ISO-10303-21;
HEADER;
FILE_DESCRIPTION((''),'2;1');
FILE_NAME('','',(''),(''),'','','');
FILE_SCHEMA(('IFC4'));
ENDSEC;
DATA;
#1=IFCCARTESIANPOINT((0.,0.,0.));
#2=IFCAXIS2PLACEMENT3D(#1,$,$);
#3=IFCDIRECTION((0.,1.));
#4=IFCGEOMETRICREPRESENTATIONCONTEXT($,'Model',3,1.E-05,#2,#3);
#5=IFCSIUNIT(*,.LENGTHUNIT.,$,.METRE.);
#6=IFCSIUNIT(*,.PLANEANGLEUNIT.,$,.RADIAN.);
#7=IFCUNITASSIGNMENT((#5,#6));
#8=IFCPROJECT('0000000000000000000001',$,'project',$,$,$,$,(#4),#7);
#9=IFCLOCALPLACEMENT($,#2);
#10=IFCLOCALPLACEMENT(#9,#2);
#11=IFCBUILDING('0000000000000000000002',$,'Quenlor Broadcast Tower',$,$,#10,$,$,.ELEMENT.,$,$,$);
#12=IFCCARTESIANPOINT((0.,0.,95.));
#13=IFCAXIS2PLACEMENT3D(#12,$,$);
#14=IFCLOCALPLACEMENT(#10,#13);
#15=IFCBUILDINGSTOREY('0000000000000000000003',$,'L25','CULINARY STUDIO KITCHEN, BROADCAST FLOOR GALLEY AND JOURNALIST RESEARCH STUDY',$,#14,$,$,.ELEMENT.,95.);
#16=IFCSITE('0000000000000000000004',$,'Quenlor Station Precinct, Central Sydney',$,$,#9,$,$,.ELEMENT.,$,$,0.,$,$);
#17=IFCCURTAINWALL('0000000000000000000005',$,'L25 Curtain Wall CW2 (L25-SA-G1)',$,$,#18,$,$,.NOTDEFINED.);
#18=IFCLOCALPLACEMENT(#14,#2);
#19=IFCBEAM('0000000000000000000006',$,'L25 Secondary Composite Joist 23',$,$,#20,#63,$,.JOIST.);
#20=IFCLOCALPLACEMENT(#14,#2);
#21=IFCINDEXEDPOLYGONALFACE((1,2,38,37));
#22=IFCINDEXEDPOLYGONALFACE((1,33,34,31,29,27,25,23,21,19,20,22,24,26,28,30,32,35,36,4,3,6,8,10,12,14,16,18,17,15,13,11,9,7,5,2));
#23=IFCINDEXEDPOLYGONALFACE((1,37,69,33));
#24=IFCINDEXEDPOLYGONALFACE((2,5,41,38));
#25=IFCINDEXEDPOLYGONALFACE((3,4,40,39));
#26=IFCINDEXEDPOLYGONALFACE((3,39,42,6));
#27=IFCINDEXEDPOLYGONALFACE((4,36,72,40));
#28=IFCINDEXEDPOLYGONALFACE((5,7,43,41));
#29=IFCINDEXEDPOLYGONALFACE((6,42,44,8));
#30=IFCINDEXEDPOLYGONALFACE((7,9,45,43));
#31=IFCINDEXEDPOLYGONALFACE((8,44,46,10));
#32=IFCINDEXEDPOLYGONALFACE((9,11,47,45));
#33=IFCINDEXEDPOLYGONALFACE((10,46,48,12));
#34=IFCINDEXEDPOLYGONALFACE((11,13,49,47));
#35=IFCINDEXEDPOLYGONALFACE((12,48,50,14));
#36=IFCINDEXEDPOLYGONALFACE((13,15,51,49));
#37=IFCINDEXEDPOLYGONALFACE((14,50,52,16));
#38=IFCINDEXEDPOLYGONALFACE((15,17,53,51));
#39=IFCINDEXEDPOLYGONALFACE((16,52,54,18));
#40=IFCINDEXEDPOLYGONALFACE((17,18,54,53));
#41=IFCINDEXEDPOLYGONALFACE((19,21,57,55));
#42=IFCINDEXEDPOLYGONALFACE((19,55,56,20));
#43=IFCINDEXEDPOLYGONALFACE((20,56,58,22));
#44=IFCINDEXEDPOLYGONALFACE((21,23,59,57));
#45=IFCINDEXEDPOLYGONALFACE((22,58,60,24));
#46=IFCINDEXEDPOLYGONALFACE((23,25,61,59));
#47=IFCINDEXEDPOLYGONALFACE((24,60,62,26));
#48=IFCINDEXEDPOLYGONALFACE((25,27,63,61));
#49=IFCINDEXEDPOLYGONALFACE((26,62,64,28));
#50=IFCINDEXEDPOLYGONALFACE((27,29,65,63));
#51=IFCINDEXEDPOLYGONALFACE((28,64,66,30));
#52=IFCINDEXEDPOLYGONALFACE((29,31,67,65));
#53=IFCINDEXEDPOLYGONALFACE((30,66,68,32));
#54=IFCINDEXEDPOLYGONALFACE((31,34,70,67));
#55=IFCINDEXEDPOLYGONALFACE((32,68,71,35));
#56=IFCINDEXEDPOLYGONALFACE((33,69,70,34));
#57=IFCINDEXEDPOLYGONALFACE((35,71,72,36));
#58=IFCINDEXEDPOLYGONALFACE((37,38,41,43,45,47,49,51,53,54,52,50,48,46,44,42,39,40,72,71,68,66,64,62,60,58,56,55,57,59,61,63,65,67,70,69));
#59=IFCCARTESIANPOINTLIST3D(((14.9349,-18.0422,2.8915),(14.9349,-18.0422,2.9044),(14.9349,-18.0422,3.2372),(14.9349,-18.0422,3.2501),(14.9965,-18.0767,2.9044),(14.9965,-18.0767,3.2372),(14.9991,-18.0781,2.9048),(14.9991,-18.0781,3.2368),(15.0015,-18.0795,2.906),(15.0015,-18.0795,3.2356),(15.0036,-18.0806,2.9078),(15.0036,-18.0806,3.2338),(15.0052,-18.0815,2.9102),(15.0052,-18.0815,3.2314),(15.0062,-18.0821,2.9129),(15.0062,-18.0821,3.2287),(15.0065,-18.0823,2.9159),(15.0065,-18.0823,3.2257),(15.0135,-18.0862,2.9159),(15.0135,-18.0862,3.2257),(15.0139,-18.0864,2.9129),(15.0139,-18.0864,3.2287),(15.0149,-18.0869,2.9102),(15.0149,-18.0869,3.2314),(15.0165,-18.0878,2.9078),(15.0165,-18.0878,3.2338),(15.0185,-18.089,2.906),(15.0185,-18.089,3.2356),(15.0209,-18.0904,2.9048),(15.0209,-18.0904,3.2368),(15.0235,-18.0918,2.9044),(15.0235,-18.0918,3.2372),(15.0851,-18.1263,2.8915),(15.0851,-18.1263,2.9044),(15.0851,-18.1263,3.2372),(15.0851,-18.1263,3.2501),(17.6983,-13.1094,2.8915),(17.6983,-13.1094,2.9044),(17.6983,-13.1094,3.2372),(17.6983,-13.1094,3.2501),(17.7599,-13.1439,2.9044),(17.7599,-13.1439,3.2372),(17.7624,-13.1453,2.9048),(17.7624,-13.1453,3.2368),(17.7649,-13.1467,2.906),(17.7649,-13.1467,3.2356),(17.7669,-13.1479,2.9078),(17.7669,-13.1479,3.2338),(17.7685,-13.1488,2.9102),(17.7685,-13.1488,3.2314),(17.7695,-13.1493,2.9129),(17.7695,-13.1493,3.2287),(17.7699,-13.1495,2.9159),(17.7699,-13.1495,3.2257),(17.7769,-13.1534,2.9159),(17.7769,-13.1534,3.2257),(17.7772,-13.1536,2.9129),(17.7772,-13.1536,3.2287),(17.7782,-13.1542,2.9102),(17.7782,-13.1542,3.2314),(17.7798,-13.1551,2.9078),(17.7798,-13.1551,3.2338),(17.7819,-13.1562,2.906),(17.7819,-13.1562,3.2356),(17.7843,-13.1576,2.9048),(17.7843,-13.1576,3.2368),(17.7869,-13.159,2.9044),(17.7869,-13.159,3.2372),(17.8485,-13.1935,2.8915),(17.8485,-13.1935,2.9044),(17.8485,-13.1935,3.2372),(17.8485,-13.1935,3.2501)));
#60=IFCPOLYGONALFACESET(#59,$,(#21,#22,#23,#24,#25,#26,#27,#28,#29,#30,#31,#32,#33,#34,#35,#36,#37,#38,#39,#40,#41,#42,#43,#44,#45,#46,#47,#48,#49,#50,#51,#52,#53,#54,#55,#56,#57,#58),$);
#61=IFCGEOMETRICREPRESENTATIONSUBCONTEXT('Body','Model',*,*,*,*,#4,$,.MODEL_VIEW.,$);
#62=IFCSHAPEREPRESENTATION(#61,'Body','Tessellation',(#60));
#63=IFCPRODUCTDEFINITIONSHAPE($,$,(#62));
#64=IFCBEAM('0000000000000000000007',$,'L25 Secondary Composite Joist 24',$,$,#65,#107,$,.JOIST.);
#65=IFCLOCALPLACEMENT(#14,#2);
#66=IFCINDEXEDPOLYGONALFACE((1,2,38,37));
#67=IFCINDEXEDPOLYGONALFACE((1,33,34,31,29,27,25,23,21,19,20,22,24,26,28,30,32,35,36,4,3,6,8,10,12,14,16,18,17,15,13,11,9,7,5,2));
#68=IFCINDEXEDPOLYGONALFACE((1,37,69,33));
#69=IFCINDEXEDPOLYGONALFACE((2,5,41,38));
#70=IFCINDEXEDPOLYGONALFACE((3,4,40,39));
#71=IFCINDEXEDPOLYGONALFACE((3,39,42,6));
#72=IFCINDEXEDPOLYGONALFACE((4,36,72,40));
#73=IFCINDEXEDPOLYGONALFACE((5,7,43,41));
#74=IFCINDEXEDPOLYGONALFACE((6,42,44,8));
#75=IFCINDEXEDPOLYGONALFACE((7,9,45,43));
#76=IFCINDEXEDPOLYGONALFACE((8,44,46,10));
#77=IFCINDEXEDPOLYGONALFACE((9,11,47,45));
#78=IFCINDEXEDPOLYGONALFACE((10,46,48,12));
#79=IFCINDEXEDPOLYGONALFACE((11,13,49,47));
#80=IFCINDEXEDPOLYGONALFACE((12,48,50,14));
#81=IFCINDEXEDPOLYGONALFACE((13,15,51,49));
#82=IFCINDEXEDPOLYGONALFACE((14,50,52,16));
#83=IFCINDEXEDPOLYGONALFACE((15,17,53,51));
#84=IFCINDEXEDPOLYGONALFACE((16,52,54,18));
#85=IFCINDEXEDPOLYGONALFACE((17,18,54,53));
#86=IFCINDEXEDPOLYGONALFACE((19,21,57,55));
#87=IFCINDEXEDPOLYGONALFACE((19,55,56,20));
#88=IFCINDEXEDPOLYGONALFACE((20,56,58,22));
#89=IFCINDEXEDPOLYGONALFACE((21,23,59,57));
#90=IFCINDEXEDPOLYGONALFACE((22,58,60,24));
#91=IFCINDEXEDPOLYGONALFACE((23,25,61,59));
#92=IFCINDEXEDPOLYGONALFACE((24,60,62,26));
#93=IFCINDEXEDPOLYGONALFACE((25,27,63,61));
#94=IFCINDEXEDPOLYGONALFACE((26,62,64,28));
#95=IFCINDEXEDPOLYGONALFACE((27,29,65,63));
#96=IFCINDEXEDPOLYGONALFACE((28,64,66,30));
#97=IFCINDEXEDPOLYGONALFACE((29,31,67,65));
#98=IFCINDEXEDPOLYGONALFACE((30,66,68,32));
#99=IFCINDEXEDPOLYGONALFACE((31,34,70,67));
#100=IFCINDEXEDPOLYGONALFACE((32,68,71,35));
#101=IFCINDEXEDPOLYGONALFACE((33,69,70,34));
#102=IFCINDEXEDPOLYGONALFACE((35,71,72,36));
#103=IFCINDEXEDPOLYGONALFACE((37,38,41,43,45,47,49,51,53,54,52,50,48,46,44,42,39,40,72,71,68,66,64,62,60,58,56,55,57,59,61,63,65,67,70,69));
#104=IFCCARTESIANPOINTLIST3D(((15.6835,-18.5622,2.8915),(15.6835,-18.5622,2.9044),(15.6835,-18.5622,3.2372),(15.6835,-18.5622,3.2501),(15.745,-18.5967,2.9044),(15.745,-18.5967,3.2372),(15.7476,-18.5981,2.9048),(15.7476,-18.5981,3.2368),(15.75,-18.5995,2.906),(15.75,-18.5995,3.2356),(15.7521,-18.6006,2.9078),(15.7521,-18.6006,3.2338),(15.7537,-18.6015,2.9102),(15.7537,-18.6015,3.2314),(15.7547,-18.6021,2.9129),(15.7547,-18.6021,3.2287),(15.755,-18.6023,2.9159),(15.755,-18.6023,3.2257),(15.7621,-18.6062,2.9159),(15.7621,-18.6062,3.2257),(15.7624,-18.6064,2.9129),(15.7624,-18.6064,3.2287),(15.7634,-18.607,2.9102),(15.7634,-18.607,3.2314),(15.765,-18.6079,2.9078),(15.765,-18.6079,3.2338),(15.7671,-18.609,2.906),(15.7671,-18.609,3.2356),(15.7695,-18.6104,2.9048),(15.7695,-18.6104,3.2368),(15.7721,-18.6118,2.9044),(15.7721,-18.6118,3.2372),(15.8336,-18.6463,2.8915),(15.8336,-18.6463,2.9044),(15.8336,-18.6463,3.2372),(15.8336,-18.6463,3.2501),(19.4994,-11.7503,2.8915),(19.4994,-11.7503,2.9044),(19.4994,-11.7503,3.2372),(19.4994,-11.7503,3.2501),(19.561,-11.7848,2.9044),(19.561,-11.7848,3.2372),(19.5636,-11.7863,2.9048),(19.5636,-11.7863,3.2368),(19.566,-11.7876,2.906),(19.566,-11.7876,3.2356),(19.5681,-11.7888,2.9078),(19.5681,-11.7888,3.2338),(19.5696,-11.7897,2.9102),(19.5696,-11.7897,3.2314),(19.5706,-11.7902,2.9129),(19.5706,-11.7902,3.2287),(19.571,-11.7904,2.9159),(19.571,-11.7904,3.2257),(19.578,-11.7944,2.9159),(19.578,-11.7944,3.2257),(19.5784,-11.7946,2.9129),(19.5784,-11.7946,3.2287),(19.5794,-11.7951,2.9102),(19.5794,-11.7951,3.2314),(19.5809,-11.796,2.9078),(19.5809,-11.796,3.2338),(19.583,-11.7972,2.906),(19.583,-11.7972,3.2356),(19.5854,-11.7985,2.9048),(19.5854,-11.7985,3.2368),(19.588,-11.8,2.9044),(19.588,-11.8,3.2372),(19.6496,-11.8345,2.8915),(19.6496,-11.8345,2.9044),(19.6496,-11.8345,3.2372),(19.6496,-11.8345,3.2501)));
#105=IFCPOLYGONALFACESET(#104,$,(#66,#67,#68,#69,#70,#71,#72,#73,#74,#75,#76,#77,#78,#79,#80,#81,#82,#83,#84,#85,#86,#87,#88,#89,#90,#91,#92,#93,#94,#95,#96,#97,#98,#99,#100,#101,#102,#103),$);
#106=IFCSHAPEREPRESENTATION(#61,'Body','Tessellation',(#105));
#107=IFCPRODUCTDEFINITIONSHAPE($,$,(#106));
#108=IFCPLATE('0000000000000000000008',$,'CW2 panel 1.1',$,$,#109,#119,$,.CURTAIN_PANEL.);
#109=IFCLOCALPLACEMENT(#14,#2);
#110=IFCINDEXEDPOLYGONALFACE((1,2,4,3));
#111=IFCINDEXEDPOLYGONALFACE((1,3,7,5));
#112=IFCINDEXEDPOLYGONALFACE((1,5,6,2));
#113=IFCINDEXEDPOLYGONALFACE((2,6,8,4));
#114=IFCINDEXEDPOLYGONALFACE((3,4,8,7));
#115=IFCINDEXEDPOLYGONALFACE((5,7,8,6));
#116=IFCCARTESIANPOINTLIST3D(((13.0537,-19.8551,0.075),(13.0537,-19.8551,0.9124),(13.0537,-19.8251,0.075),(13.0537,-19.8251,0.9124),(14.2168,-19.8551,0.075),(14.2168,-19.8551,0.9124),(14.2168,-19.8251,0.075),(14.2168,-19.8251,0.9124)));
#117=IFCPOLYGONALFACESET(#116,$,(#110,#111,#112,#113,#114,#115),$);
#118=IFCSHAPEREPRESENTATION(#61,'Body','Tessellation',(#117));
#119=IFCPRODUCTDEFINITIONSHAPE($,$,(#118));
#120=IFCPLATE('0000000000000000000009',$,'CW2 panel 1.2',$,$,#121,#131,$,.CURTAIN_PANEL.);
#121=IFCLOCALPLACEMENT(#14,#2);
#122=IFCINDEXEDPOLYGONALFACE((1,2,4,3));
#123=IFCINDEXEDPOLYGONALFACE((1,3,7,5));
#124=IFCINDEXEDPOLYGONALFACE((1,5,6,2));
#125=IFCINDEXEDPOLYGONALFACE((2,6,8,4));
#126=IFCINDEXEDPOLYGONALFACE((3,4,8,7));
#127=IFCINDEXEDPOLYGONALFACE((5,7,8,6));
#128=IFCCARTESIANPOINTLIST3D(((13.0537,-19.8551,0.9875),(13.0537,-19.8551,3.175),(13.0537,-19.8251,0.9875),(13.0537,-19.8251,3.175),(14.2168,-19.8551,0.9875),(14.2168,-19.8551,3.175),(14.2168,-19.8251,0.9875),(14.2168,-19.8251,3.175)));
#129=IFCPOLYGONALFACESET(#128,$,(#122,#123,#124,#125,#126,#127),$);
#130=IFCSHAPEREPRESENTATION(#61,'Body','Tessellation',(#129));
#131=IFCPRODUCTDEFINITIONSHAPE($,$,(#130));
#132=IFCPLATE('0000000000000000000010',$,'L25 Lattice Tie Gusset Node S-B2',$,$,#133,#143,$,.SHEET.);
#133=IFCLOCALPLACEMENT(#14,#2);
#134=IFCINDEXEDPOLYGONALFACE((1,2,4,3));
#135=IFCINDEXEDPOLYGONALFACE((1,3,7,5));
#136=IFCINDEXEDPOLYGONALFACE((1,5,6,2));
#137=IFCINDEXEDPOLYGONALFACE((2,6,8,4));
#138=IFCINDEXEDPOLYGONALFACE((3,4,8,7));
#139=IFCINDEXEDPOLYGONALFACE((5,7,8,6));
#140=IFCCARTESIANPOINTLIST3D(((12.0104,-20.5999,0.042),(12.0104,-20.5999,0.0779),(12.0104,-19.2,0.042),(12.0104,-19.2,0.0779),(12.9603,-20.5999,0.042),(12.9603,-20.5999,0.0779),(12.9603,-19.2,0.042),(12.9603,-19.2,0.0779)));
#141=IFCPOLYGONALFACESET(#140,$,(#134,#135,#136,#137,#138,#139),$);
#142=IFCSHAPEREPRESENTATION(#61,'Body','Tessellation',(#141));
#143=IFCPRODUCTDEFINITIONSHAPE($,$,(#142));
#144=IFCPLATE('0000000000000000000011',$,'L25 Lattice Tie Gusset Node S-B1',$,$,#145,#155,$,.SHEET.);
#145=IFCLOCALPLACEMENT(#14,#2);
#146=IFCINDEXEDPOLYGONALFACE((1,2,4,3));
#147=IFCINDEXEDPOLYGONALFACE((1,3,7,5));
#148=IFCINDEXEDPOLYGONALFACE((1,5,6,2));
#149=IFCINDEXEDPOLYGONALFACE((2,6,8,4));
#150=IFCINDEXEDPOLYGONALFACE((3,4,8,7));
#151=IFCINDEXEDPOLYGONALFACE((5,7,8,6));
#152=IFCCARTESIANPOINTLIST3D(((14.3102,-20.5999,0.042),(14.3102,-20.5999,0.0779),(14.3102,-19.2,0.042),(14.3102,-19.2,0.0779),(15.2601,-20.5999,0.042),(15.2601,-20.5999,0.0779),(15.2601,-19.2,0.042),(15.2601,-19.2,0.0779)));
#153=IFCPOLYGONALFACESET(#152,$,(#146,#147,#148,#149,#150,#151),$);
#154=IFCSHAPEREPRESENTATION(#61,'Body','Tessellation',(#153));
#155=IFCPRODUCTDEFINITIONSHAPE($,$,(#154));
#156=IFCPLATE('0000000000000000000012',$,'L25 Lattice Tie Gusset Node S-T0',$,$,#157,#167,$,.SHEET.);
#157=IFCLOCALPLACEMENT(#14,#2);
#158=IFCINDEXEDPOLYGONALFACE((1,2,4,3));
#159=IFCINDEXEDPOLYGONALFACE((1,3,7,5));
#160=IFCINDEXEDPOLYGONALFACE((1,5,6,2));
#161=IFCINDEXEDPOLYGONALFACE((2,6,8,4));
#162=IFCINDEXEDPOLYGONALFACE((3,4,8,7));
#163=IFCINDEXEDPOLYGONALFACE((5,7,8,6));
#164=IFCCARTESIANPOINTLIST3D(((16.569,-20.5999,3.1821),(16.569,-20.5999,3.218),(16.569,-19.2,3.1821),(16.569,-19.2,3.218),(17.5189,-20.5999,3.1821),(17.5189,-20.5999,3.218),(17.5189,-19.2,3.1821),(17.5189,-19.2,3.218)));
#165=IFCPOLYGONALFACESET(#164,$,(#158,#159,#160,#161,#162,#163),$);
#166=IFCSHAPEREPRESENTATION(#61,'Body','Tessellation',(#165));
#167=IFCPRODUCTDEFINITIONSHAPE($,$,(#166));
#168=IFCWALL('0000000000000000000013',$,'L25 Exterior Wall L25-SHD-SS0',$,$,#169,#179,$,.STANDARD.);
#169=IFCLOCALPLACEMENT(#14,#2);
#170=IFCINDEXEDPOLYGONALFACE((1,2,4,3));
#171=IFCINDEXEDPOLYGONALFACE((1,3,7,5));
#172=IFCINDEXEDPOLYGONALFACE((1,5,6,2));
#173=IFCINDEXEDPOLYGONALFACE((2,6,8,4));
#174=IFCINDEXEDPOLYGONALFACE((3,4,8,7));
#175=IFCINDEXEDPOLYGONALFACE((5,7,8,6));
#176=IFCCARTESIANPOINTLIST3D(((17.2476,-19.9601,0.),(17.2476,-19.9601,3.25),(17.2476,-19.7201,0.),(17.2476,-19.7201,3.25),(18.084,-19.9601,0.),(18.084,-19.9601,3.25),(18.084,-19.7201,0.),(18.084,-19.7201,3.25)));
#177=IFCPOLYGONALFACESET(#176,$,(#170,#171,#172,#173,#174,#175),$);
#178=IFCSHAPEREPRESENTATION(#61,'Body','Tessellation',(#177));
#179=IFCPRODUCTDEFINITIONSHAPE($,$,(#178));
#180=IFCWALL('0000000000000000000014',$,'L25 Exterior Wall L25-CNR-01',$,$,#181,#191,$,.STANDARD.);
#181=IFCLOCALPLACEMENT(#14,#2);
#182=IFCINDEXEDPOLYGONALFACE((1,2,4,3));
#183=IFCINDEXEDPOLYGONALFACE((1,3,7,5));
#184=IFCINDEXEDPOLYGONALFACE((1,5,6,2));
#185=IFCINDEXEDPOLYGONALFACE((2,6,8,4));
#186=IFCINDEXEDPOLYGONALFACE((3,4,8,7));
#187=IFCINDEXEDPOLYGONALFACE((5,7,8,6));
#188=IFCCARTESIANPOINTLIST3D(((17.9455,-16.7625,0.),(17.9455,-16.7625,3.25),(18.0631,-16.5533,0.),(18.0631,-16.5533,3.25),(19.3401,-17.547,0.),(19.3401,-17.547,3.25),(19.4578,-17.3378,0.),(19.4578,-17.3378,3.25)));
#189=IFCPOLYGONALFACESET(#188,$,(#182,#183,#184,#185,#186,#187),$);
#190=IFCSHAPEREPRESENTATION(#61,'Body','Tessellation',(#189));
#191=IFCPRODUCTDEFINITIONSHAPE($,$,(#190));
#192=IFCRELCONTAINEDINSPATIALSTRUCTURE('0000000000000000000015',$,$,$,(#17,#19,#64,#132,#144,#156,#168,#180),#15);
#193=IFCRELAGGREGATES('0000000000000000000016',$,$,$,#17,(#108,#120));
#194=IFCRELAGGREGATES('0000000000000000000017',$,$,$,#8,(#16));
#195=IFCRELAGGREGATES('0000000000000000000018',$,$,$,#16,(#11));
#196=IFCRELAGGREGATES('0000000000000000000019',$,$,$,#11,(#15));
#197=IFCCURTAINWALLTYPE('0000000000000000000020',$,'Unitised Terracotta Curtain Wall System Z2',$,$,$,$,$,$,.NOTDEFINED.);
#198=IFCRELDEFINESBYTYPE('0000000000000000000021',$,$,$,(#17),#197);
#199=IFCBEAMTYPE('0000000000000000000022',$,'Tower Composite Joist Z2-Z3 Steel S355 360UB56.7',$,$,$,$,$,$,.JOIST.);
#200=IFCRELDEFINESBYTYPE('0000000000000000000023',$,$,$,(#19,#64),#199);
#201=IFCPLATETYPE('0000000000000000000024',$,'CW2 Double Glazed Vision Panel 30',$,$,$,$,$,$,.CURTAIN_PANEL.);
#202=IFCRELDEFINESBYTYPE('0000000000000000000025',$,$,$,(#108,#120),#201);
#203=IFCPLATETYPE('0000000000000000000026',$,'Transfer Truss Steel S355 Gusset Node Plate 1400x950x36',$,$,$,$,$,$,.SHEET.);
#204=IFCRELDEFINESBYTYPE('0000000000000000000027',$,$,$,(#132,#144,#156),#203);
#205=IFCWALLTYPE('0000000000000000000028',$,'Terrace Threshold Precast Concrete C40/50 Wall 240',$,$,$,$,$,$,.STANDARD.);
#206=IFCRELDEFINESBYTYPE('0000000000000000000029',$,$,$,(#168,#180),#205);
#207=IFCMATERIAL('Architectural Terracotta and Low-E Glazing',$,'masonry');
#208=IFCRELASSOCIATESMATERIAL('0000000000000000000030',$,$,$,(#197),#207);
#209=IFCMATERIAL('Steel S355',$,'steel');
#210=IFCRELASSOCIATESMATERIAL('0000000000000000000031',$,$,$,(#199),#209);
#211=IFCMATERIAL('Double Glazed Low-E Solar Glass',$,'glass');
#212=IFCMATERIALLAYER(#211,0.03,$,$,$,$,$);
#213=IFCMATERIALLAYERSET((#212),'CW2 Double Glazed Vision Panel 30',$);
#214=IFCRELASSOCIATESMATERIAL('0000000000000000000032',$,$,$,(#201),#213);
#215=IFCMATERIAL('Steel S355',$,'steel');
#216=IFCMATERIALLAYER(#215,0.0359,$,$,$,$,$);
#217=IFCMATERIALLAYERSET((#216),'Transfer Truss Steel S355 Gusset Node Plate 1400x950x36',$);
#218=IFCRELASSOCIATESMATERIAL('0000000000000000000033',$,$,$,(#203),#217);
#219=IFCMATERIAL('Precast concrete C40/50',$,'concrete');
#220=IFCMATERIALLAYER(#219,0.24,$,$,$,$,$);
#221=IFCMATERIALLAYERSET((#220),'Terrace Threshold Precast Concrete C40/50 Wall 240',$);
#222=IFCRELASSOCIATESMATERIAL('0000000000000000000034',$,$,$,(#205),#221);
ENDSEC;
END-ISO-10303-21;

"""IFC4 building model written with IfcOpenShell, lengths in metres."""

from ifc_helpers import new_model, si_unit, direction, frame, frame_2d, origin, origin_2d, place, context, subcontext, project, spatial, rectangle, i_section, extrude, material, layer, layer_set, material_profile, profile_set, type_object, element, aggregate, save


model = new_model("IFC4")

# Units and contexts
model_context = context("Model", 3, precision=1e-05, world=origin(), true_north=direction((0.0, 1.0)))
body_context = subcontext(model_context, "Body", "Model", "MODEL_VIEW")
ifc_project = project(units=[si_unit("LENGTHUNIT", "METRE"), si_unit("PLANEANGLEUNIT", "RADIAN")], contexts=[model_context])

# Site, building, storey
site_placement = place(None, origin())
site = spatial("IfcSite", under=ifc_project, at=site_placement, Name="Quenlor Station Precinct, Central Sydney", CompositionType="ELEMENT", RefElevation=0.0)
building_placement = place(site_placement, origin())
building = spatial("IfcBuilding", under=site, at=building_placement, Name="Quenlor Broadcast Tower", CompositionType="ELEMENT")
storey_placement = place(building_placement, frame((0.0, 0.0, 95.0)))
storey = spatial("IfcBuildingStorey", under=building, at=storey_placement, Name="L25", Description="CULINARY STUDIO KITCHEN, BROADCAST FLOOR GALLEY AND JOURNALIST RESEARCH STUDY", CompositionType="ELEMENT", Elevation=95.0)

# Curtain wall
ifc_material_1 = material(Name="Architectural Terracotta and Low-E Glazing", Category="masonry")
curtain_wall_type = type_object("IfcCurtainWallType", Name="Unitised Terracotta Curtain Wall System Z2", PredefinedType="NOTDEFINED", material=ifc_material_1)
curtain_wall_placement = place(storey_placement, origin())
curtain_wall = element("IfcCurtainWall", 1, at=curtain_wall_placement, inside=storey, type_object=curtain_wall_type, Name="L25 Curtain Wall CW2 (L25-SA-G1)", PredefinedType="NOTDEFINED")

# Beams
ifc_material_2 = material(Name="Steel S355", Category="steel")
ifc_material_profile_1 = material_profile(ifc_material_2, i_section(OverallWidth=0.1721, OverallDepth=0.3586, WebThickness=0.0081, FlangeThickness=0.0129, FilletRadius=0.0115, at=origin_2d()))
ifc_profile_set_1 = profile_set([ifc_material_profile_1], Name="Steel S355 360UB56.7")
beam_type_1 = type_object("IfcBeamType", Name="Tower Composite Joist Z2-Z3 Steel S355 360UB56.7", PredefinedType="JOIST", material=ifc_profile_set_1)
beam_1_placement = place(storey_placement, frame((15.01, -18.0842, 3.0708), z_axis=(0.488741, 0.872429, 0.0), x_axis=(-0.872429, 0.488741, 0.0)))
element("IfcBeam", 2, at=beam_1_placement, inside=storey, type_object=beam_type_1, Name="L25 Secondary Composite Joist 23", PredefinedType="JOIST", context=body_context, shape_type="SweptSolid", body=[
    extrude(i_section(OverallWidth=0.1721, OverallDepth=0.3586, WebThickness=0.0081, FlangeThickness=0.0129, FilletRadius=0.0115, at=origin_2d()), origin(), (0.0, 0.0, 1.0), 5.6541),
])
beam_2_placement = place(storey_placement, frame((15.7585, -18.6042, 3.0708), z_axis=(0.488733, 0.872433, 0.0), x_axis=(-0.872433, 0.488733, 0.0)))
element("IfcBeam", 3, at=beam_2_placement, inside=storey, type_object=beam_type_1, Name="L25 Secondary Composite Joist 24", PredefinedType="JOIST", context=body_context, shape_type="SweptSolid", body=[
    extrude(i_section(OverallWidth=0.1721, OverallDepth=0.3586, WebThickness=0.0081, FlangeThickness=0.0129, FilletRadius=0.0115, at=origin_2d()), origin(), (0.0, 0.0, 1.0), 7.8079),
])

# Plates
ifc_material_3 = material(Name="Double Glazed Low-E Solar Glass", Category="glass")
ifc_layer_1 = layer(ifc_material_3, 0.03)
ifc_layer_set_1 = layer_set([ifc_layer_1], Name="CW2 Double Glazed Vision Panel 30")
plate_type_1 = type_object("IfcPlateType", Name="CW2 Double Glazed Vision Panel 30", PredefinedType="CURTAIN_PANEL", material=ifc_layer_set_1)
plate_1_placement = place(storey_placement, frame((13.6353, -19.8401, 0.075), z_axis=(0.0, 0.0, 1.0), x_axis=(-1.0, 0.0, 0.0)))
plate_1 = element("IfcPlate", 4, at=plate_1_placement, type_object=plate_type_1, Name="CW2 panel 1.1", PredefinedType="CURTAIN_PANEL", context=body_context, shape_type="SweptSolid", body=[
    extrude(rectangle(XDim=1.1631, YDim=0.03, at=origin_2d()), origin(), (0.0, 0.0, 1.0), 0.8374),
])
plate_2_placement = place(storey_placement, frame((13.6353, -19.8401, 0.9875), z_axis=(0.0, 0.0, 1.0), x_axis=(-1.0, 0.0, 0.0)))
plate_2 = element("IfcPlate", 5, at=plate_2_placement, type_object=plate_type_1, Name="CW2 panel 1.2", PredefinedType="CURTAIN_PANEL", context=body_context, shape_type="SweptSolid", body=[
    extrude(rectangle(XDim=1.1631, YDim=0.03, at=origin_2d()), origin(), (0.0, 0.0, 1.0), 2.1875),
])
aggregate(curtain_wall, [plate_1, plate_2])

# Plates
ifc_material_4 = material(Name="Steel S355", Category="steel")
ifc_layer_2 = layer(ifc_material_4, 0.0359)
ifc_layer_set_2 = layer_set([ifc_layer_2], Name="Transfer Truss Steel S355 Gusset Node Plate 1400x950x36")
plate_type_2 = type_object("IfcPlateType", Name="Transfer Truss Steel S355 Gusset Node Plate 1400x950x36", PredefinedType="SHEET", material=ifc_layer_set_2)
for number, where, z_axis, x_axis, name in (
    (6, (12.4854, -19.8999, 0.042), (0.0, 0.0, 1.0), (0.0, -1.0, 0.0), "L25 Lattice Tie Gusset Node S-B2"),
    (7, (14.7852, -19.8999, 0.042), (0.0, 0.0, 1.0), (0.0, -1.0, 0.0), "L25 Lattice Tie Gusset Node S-B1"),
    (8, (17.0439, -19.8999, 3.1821), (0.0, 0.0, 1.0), (0.0, -1.0, 0.0), "L25 Lattice Tie Gusset Node S-T0"),
):
    element("IfcPlate", number, at=place(storey_placement, frame(where, z_axis=z_axis, x_axis=x_axis)), inside=storey, type_object=plate_type_2, Name=name, PredefinedType="SHEET", context=body_context, shape_type="SweptSolid", body=[
        extrude(rectangle(XDim=1.3999, YDim=0.95, at=origin_2d()), origin(), (0.0, 0.0, 1.0), 0.0359),
    ])

# Walls
ifc_material_5 = material(Name="Precast concrete C40/50", Category="concrete")
ifc_layer_3 = layer(ifc_material_5, 0.24)
ifc_layer_set_3 = layer_set([ifc_layer_3], Name="Terrace Threshold Precast Concrete C40/50 Wall 240")
wall_type_1 = type_object("IfcWallType", Name="Terrace Threshold Precast Concrete C40/50 Wall 240", PredefinedType="STANDARD", material=ifc_layer_set_3)
wall_1_placement = place(storey_placement, frame((18.084, -19.8401, 0.0), z_axis=(0.0, 0.0, 1.0), x_axis=(-1.0, 0.0, 0.0)))
element("IfcWall", 9, at=wall_1_placement, inside=storey, type_object=wall_type_1, Name="L25 Exterior Wall L25-SHD-SS0", PredefinedType="STANDARD", context=body_context, shape_type="SweptSolid", body=[
    extrude(rectangle(XDim=0.8364, YDim=0.24, at=frame_2d((0.4182, 0.0))), origin(), (0.0, 0.0, 1.0), 3.25),
])
wall_2_placement = place(storey_placement, frame((19.3989, -17.4424, 0.0), z_axis=(0.0, 0.0, 1.0), x_axis=(-0.871576, 0.490261, 0.0)))
element("IfcWall", 10, at=wall_2_placement, inside=storey, type_object=wall_type_1, Name="L25 Exterior Wall L25-CNR-01", PredefinedType="STANDARD", context=body_context, shape_type="SweptSolid", body=[
    extrude(rectangle(XDim=1.6001, YDim=0.24, at=frame_2d((0.8, 0.0))), origin(), (0.0, 0.0, 1.0), 3.25),
])

save(model, "model.ifc")
